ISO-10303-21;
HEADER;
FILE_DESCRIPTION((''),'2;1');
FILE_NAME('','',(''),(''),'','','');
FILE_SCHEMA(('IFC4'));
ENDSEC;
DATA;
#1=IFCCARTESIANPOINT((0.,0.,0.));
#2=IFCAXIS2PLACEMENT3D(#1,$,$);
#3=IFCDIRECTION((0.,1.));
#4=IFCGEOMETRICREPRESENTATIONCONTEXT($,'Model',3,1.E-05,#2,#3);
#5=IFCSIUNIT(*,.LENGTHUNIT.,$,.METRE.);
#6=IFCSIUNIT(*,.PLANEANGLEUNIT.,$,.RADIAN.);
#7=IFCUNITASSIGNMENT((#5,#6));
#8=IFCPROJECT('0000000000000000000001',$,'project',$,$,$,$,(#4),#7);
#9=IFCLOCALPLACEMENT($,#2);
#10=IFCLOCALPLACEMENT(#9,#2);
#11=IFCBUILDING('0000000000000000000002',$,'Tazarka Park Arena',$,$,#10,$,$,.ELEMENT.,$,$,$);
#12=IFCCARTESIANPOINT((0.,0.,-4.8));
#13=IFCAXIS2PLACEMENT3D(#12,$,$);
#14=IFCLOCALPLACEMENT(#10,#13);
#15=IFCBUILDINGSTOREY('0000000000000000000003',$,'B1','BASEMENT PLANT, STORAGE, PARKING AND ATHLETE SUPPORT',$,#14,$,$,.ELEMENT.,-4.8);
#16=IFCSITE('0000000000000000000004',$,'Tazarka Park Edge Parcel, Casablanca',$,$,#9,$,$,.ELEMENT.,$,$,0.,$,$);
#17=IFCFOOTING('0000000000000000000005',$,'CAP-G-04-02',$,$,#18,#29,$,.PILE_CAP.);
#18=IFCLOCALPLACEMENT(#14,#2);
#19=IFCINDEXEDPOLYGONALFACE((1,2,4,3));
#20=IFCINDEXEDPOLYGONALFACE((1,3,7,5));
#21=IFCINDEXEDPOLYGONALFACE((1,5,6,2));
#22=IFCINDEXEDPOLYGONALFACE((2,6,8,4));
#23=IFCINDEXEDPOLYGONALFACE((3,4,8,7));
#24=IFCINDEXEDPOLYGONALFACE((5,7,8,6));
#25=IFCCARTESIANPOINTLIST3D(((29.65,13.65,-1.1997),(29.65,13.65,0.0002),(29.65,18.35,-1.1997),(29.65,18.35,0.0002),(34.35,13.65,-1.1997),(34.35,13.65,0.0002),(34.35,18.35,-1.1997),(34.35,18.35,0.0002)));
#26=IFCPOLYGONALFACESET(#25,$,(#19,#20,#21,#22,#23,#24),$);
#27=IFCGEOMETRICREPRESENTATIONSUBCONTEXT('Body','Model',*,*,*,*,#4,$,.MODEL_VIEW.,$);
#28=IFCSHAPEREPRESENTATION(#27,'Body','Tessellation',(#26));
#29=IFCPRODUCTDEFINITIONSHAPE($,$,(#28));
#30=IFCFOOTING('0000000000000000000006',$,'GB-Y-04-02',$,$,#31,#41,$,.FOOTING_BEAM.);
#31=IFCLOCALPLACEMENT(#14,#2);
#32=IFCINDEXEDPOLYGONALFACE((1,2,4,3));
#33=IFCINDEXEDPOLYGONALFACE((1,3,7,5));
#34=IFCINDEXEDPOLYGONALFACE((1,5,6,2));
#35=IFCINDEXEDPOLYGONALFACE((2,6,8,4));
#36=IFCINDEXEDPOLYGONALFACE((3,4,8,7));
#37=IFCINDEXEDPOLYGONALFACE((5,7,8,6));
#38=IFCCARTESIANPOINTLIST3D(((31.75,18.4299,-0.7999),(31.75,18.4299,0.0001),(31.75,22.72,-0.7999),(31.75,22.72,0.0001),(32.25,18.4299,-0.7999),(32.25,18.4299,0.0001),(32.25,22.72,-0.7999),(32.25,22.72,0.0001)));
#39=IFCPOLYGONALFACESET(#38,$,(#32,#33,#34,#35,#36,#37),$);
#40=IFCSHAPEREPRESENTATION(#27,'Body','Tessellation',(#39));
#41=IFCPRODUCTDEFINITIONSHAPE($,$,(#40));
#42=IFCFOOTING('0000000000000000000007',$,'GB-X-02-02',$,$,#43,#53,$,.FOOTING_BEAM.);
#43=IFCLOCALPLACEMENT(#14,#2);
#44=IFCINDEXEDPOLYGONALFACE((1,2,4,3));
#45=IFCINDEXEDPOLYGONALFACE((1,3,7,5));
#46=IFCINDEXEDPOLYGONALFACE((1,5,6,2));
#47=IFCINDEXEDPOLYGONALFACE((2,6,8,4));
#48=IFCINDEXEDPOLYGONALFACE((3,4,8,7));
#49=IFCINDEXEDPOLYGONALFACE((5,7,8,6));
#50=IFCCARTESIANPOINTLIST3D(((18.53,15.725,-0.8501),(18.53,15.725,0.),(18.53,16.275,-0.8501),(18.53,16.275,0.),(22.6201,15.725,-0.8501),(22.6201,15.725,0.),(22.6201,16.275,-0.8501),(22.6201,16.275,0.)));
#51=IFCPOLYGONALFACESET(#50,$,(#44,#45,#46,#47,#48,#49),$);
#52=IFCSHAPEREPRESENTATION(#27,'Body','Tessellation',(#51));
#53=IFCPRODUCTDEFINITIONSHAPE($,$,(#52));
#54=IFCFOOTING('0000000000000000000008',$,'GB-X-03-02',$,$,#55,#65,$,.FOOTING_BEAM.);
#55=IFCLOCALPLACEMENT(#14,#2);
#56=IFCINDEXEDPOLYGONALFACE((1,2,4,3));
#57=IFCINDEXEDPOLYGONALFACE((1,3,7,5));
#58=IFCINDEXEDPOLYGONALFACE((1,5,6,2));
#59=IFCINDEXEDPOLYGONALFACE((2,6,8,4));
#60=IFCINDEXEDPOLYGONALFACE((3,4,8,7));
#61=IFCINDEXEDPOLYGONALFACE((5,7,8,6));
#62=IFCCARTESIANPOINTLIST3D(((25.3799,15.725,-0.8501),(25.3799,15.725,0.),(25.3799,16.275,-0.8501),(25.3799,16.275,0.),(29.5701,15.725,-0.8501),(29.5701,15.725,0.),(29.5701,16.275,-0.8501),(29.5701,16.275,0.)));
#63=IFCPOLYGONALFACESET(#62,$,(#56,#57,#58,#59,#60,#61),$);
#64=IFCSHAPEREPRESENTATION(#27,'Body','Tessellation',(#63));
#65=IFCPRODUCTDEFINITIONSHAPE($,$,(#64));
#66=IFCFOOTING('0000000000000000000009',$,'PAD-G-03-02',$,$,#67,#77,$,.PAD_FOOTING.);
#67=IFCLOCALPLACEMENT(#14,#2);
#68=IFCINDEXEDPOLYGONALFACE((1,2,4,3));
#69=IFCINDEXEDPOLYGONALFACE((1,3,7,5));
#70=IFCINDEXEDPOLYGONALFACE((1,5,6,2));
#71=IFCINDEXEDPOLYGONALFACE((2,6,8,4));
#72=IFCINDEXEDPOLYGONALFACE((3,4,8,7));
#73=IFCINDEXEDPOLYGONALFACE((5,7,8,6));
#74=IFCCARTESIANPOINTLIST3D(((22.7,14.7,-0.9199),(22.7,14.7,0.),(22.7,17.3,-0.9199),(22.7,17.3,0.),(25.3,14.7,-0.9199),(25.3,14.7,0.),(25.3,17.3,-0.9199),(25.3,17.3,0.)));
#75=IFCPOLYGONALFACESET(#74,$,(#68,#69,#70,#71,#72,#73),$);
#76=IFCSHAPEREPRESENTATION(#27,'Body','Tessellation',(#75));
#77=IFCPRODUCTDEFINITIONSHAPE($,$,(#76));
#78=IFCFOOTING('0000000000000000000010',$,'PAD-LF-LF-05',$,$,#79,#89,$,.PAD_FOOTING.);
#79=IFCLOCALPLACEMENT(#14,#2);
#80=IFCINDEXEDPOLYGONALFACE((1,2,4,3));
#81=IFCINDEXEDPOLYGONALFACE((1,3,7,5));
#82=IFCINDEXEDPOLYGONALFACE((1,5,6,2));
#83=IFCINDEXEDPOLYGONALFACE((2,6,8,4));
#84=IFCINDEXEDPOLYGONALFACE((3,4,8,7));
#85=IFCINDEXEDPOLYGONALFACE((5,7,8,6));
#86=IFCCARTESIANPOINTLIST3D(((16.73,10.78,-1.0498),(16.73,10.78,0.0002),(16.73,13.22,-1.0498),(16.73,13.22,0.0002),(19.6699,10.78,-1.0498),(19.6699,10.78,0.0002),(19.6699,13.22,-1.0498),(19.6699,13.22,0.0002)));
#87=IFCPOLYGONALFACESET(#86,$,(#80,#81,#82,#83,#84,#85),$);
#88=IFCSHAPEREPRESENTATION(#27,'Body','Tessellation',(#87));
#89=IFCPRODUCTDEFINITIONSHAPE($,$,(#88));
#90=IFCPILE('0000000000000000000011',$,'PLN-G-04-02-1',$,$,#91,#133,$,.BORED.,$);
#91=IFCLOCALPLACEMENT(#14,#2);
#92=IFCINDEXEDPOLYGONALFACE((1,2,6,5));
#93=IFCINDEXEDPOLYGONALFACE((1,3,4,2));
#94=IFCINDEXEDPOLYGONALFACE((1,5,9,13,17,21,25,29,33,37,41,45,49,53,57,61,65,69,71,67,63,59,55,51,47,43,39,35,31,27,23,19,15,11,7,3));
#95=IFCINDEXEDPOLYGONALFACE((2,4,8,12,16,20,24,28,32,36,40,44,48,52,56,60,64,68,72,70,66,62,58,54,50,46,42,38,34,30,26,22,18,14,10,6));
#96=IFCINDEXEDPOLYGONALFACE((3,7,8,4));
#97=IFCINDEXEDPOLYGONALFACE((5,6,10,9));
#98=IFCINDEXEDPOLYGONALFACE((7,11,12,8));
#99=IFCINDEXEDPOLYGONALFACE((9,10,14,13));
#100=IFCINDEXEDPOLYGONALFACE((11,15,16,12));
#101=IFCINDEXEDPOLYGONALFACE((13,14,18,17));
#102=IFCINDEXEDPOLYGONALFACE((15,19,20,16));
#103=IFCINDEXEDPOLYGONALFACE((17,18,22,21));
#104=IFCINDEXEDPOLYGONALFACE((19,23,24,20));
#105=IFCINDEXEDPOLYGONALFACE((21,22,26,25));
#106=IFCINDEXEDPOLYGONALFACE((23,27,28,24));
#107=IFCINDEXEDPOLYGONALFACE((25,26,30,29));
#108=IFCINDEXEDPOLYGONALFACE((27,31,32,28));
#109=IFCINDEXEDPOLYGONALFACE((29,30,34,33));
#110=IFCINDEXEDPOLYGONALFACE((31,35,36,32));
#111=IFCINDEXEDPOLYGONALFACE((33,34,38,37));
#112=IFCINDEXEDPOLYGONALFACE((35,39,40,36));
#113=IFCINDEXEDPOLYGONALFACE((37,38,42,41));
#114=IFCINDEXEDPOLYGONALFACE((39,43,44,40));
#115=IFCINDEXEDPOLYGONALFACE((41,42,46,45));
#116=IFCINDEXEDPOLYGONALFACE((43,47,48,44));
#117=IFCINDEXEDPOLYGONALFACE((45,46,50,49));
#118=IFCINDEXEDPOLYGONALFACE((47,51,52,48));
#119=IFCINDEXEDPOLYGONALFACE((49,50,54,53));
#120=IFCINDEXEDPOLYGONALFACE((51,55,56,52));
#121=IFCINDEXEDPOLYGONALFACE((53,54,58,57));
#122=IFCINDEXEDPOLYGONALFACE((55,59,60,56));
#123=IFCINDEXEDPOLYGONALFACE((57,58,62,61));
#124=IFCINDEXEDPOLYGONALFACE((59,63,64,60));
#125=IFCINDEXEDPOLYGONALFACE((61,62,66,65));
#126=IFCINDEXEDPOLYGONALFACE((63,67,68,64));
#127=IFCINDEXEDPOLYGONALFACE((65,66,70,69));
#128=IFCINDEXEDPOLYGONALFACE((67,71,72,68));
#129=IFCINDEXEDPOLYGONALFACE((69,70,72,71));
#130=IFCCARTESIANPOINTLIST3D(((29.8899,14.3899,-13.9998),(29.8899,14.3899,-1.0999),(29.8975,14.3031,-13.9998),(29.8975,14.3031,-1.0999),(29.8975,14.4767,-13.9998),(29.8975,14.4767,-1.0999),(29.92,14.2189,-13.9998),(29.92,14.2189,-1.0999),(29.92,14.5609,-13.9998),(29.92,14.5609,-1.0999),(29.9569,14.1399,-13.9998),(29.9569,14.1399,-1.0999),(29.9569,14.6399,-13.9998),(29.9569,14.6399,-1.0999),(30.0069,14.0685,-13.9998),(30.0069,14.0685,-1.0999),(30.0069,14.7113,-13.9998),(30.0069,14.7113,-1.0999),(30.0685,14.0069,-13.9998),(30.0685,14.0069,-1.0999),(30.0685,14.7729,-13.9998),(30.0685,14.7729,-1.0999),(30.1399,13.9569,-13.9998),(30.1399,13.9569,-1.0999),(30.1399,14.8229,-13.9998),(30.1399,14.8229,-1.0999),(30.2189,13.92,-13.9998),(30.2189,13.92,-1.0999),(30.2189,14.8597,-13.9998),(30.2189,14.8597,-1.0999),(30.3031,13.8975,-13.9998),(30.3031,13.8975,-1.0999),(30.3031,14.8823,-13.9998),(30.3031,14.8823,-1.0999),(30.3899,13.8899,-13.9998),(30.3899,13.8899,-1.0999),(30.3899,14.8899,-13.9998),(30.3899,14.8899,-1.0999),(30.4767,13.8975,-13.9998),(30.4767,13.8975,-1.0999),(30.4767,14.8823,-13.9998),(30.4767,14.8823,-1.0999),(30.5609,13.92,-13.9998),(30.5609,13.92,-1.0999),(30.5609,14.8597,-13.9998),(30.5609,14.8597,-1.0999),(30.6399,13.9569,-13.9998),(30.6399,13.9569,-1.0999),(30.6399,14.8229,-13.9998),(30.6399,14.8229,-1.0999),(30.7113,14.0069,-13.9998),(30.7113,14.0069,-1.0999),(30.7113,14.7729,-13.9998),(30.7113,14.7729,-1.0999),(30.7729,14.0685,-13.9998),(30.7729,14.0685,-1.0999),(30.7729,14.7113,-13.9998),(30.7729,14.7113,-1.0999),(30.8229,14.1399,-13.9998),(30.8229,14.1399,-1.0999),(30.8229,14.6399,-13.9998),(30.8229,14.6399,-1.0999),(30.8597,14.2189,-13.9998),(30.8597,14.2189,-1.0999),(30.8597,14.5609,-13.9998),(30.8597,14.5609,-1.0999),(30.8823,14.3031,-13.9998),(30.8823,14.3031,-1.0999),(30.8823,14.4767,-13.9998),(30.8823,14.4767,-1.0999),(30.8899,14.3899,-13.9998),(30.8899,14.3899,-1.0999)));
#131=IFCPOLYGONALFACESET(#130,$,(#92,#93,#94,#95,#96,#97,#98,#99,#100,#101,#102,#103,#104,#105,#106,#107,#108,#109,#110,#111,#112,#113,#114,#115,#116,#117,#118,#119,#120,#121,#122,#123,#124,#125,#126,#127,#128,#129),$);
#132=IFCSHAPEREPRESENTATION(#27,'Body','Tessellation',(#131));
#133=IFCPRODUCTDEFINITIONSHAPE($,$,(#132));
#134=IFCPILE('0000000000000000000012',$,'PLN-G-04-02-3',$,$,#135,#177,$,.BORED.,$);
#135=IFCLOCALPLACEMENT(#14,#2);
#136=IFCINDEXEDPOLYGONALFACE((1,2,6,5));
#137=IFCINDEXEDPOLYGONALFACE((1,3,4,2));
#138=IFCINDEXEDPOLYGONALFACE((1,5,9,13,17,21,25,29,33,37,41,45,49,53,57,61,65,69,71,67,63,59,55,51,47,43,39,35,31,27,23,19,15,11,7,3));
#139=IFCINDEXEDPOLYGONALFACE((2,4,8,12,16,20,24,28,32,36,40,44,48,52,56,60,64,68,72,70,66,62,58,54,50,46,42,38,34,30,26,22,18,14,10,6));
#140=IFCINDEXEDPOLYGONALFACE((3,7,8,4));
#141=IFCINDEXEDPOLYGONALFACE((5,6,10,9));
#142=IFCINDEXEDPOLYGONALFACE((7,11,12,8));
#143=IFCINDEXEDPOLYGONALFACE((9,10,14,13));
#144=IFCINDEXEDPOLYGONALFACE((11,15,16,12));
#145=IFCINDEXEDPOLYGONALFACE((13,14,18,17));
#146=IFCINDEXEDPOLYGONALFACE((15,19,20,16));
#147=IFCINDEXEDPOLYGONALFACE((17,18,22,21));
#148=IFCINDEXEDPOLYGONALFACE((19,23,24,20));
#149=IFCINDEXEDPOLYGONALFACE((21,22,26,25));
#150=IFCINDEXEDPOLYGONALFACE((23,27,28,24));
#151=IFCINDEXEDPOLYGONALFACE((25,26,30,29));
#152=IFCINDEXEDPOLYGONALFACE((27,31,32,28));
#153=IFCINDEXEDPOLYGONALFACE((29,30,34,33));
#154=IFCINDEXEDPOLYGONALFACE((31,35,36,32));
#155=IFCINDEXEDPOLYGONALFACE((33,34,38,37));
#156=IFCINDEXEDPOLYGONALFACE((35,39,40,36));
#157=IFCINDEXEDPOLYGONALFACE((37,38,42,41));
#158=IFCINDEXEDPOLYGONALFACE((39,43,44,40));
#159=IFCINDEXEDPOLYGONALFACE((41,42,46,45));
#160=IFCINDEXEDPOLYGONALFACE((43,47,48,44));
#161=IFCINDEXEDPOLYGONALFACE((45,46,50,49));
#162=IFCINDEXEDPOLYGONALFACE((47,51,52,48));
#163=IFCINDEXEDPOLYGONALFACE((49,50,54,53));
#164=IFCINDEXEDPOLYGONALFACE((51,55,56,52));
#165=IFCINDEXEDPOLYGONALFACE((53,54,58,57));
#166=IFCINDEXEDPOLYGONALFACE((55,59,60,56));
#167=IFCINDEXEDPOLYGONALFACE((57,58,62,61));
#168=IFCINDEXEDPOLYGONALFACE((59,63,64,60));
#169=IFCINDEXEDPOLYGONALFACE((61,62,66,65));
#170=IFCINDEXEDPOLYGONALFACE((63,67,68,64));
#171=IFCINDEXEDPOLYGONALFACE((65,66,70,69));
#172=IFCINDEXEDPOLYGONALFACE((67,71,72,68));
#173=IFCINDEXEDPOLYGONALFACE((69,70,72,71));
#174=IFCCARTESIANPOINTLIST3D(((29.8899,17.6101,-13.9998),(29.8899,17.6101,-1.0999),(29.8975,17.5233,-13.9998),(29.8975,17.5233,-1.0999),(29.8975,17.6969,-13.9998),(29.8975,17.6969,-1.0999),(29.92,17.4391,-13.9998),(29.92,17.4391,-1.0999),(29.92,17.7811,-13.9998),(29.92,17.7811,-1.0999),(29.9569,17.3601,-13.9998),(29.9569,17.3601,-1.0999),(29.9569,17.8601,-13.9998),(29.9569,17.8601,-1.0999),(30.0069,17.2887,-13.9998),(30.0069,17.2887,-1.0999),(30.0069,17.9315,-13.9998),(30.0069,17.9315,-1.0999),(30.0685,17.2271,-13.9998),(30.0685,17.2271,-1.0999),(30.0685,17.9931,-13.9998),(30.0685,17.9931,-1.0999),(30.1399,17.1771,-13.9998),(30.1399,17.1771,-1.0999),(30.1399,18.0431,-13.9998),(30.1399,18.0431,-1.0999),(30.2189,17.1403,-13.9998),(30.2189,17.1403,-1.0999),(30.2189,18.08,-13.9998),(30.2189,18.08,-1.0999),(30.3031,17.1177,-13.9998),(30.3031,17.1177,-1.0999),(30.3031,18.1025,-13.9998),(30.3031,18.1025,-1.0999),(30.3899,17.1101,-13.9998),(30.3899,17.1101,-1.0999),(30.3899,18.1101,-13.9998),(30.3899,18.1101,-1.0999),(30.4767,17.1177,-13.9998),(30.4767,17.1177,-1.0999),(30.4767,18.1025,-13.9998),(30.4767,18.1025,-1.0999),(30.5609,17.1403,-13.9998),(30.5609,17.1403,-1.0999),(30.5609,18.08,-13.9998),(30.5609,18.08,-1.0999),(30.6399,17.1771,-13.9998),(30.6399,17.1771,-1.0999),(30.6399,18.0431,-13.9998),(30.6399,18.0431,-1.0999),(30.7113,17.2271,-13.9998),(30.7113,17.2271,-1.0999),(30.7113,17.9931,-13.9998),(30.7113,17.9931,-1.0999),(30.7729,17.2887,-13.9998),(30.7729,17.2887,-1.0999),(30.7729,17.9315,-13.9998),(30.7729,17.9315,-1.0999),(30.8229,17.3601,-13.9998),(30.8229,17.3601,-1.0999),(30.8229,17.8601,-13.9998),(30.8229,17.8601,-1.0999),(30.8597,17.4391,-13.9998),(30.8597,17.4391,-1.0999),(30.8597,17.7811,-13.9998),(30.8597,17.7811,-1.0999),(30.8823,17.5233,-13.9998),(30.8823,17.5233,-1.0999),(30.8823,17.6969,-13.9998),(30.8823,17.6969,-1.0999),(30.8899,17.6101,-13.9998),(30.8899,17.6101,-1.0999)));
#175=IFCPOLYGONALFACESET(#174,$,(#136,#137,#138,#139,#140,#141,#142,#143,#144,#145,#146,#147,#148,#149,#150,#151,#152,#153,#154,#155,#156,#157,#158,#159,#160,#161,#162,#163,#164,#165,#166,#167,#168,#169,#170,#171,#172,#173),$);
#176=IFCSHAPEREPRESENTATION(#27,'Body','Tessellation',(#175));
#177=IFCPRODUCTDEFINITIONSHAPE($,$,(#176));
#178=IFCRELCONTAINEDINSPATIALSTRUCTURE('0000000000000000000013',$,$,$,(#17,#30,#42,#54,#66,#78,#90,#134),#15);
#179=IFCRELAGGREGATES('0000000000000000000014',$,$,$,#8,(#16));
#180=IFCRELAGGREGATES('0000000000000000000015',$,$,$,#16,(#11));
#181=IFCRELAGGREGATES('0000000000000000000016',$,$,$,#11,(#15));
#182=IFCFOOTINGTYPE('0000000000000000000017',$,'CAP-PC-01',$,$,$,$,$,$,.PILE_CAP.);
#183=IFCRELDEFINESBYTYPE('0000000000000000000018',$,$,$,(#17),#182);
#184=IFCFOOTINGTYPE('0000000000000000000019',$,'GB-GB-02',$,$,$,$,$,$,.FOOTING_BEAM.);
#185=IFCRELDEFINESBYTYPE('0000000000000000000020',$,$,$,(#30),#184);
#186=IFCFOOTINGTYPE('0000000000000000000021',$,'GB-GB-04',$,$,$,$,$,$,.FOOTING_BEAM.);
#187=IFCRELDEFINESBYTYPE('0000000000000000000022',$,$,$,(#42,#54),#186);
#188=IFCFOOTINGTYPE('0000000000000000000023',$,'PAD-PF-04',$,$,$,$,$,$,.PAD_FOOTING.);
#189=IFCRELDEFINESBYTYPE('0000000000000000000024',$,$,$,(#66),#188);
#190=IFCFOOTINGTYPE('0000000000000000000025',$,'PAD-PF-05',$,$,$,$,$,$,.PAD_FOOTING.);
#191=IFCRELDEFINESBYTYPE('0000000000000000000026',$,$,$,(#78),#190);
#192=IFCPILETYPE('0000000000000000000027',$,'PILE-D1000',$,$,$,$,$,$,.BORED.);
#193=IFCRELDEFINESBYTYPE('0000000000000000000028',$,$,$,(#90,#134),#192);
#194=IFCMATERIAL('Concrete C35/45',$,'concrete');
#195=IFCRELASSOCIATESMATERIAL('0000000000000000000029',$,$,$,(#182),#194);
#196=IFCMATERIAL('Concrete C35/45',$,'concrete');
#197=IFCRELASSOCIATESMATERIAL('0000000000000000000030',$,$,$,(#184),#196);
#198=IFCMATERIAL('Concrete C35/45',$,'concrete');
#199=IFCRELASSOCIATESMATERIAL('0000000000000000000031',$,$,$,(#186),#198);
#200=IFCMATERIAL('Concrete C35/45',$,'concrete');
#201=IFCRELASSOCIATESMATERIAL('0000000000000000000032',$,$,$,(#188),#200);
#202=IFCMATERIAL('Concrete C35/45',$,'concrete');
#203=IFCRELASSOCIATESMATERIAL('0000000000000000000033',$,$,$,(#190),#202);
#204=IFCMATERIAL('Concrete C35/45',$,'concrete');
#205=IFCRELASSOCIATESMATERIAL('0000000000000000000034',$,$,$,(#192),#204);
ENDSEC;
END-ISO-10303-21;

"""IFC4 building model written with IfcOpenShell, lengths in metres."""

from ifc_helpers import new_model, si_unit, direction, frame, origin, origin_2d, place, context, subcontext, project, spatial, rectangle, circle, extrude, material, material_profile, profile_set, type_object, element, save


model = new_model("IFC4")

# Units and contexts
model_context = context("Model", 3, precision=1e-05, world=origin(), true_north=direction((0.0, 1.0)))
body_context = subcontext(model_context, "Body", "Model", "MODEL_VIEW")
ifc_project = project(units=[si_unit("LENGTHUNIT", "METRE"), si_unit("PLANEANGLEUNIT", "RADIAN")], contexts=[model_context])

# Site, building, storey
site_placement = place(None, origin())
site = spatial("IfcSite", under=ifc_project, at=site_placement, Name="Tazarka Park Edge Parcel, Casablanca", CompositionType="ELEMENT", RefElevation=0.0)
building_placement = place(site_placement, origin())
building = spatial("IfcBuilding", under=site, at=building_placement, Name="Tazarka Park Arena", CompositionType="ELEMENT")
storey_placement = place(building_placement, frame((0.0, 0.0, -4.8)))
storey = spatial("IfcBuildingStorey", under=building, at=storey_placement, Name="B1", Description="BASEMENT PLANT, STORAGE, PARKING AND ATHLETE SUPPORT", CompositionType="ELEMENT", Elevation=-4.8)

# Footings
ifc_material_1 = material(Name="Concrete C35/45", Category="concrete")
footing_type_1 = type_object("IfcFootingType", Name="CAP-PC-01", PredefinedType="PILE_CAP", material=ifc_material_1)
footing_1_placement = place(storey_placement, frame((32.0, 16.0, -1.1997), z_axis=(0.0, 0.0, 1.0), x_axis=(1.0, 0.0, 0.0)))
element("IfcFooting", 1, at=footing_1_placement, inside=storey, type_object=footing_type_1, Name="CAP-G-04-02", PredefinedType="PILE_CAP", context=body_context, shape_type="SweptSolid", body=[
    extrude(rectangle(XDim=4.7, YDim=4.7, at=origin_2d()), origin(), (0.0, 0.0, 1.0), 1.2),
])
ifc_material_2 = material(Name="Concrete C35/45", Category="concrete")
ifc_material_profile_1 = material_profile(ifc_material_2, rectangle(XDim=0.5, YDim=0.8, at=origin_2d()), Name="Concrete C35/45")
ifc_profile_set_1 = profile_set([ifc_material_profile_1], Name="Concrete C35/45")
footing_type_2 = type_object("IfcFootingType", Name="GB-GB-02", PredefinedType="FOOTING_BEAM", material=ifc_profile_set_1)
footing_2_placement = place(storey_placement, frame((32.0, 18.4299, -0.3999), z_axis=(0.0, 1.0, 0.0), x_axis=(-1.0, 0.0, 0.0)))
element("IfcFooting", 2, at=footing_2_placement, inside=storey, type_object=footing_type_2, Name="GB-Y-04-02", PredefinedType="FOOTING_BEAM", context=body_context, shape_type="SweptSolid", body=[
    extrude(rectangle(XDim=0.5, YDim=0.8, at=origin_2d()), origin(), (0.0, 0.0, 1.0), 4.29),
])
ifc_material_3 = material(Name="Concrete C35/45", Category="concrete")
ifc_material_profile_2 = material_profile(ifc_material_3, rectangle(XDim=0.55, YDim=0.8501, at=origin_2d()), Name="Concrete C35/45")
ifc_profile_set_2 = profile_set([ifc_material_profile_2], Name="Concrete C35/45")
footing_type_3 = type_object("IfcFootingType", Name="GB-GB-04", PredefinedType="FOOTING_BEAM", material=ifc_profile_set_2)
footing_3_placement = place(storey_placement, frame((18.53, 16.0, -0.425), z_axis=(1.0, 0.0, 0.0), x_axis=(0.0, 1.0, 0.0)))
element("IfcFooting", 3, at=footing_3_placement, inside=storey, type_object=footing_type_3, Name="GB-X-02-02", PredefinedType="FOOTING_BEAM", context=body_context, shape_type="SweptSolid", body=[
    extrude(rectangle(XDim=0.55, YDim=0.8501, at=origin_2d()), origin(), (0.0, 0.0, 1.0), 4.0901),
])
footing_4_placement = place(storey_placement, frame((25.3799, 16.0, -0.425), z_axis=(1.0, 0.0, 0.0), x_axis=(0.0, 1.0, 0.0)))
element("IfcFooting", 4, at=footing_4_placement, inside=storey, type_object=footing_type_3, Name="GB-X-03-02", PredefinedType="FOOTING_BEAM", context=body_context, shape_type="SweptSolid", body=[
    extrude(rectangle(XDim=0.55, YDim=0.8501, at=origin_2d()), origin(), (0.0, 0.0, 1.0), 4.1902),
])
ifc_material_4 = material(Name="Concrete C35/45", Category="concrete")
footing_type_4 = type_object("IfcFootingType", Name="PAD-PF-04", PredefinedType="PAD_FOOTING", material=ifc_material_4)
footing_5_placement = place(storey_placement, frame((24.0, 16.0, -0.9199), z_axis=(0.0, 0.0, 1.0), x_axis=(1.0, 0.0, 0.0)))
element("IfcFooting", 5, at=footing_5_placement, inside=storey, type_object=footing_type_4, Name="PAD-G-03-02", PredefinedType="PAD_FOOTING", context=body_context, shape_type="SweptSolid", body=[
    extrude(rectangle(XDim=2.6001, YDim=2.6001, at=origin_2d()), origin(), (0.0, 0.0, 1.0), 0.9199),
])
ifc_material_5 = material(Name="Concrete C35/45", Category="concrete")
footing_type_5 = type_object("IfcFootingType", Name="PAD-PF-05", PredefinedType="PAD_FOOTING", material=ifc_material_5)
footing_6_placement = place(storey_placement, frame((18.2, 12.0, -1.0498), z_axis=(0.0, 0.0, 1.0), x_axis=(1.0, 0.0, 0.0)))
element("IfcFooting", 6, at=footing_6_placement, inside=storey, type_object=footing_type_5, Name="PAD-LF-LF-05", PredefinedType="PAD_FOOTING", context=body_context, shape_type="SweptSolid", body=[
    extrude(rectangle(XDim=2.9399, YDim=2.4399, at=origin_2d()), origin(), (0.0, 0.0, 1.0), 1.05),
])

# Piles
ifc_material_6 = material(Name="Concrete C35/45", Category="concrete")
ifc_material_profile_3 = material_profile(ifc_material_6, circle(Radius=0.5, at=origin_2d()), Name="Concrete C35/45")
ifc_profile_set_3 = profile_set([ifc_material_profile_3], Name="Concrete C35/45")
pile_type_1 = type_object("IfcPileType", Name="PILE-D1000", PredefinedType="BORED", material=ifc_profile_set_3)
for number, where, z_axis, x_axis, name in (
    (7, (30.3899, 14.3899, -1.0999), (0.0, 0.0, -1.0), (1.0, 0.0, 0.0), "PLN-G-04-02-1"),
    (8, (30.3899, 17.6101, -1.0999), (0.0, 0.0, -1.0), (1.0, 0.0, 0.0), "PLN-G-04-02-3"),
):
    element("IfcPile", number, at=place(storey_placement, frame(where, z_axis=z_axis, x_axis=x_axis)), inside=storey, type_object=pile_type_1, Name=name, PredefinedType="BORED", context=body_context, shape_type="SweptSolid", body=[
        extrude(circle(Radius=0.5, at=origin_2d()), origin(), (0.0, 0.0, 1.0), 12.8999),
    ])

save(model, "model.ifc")
